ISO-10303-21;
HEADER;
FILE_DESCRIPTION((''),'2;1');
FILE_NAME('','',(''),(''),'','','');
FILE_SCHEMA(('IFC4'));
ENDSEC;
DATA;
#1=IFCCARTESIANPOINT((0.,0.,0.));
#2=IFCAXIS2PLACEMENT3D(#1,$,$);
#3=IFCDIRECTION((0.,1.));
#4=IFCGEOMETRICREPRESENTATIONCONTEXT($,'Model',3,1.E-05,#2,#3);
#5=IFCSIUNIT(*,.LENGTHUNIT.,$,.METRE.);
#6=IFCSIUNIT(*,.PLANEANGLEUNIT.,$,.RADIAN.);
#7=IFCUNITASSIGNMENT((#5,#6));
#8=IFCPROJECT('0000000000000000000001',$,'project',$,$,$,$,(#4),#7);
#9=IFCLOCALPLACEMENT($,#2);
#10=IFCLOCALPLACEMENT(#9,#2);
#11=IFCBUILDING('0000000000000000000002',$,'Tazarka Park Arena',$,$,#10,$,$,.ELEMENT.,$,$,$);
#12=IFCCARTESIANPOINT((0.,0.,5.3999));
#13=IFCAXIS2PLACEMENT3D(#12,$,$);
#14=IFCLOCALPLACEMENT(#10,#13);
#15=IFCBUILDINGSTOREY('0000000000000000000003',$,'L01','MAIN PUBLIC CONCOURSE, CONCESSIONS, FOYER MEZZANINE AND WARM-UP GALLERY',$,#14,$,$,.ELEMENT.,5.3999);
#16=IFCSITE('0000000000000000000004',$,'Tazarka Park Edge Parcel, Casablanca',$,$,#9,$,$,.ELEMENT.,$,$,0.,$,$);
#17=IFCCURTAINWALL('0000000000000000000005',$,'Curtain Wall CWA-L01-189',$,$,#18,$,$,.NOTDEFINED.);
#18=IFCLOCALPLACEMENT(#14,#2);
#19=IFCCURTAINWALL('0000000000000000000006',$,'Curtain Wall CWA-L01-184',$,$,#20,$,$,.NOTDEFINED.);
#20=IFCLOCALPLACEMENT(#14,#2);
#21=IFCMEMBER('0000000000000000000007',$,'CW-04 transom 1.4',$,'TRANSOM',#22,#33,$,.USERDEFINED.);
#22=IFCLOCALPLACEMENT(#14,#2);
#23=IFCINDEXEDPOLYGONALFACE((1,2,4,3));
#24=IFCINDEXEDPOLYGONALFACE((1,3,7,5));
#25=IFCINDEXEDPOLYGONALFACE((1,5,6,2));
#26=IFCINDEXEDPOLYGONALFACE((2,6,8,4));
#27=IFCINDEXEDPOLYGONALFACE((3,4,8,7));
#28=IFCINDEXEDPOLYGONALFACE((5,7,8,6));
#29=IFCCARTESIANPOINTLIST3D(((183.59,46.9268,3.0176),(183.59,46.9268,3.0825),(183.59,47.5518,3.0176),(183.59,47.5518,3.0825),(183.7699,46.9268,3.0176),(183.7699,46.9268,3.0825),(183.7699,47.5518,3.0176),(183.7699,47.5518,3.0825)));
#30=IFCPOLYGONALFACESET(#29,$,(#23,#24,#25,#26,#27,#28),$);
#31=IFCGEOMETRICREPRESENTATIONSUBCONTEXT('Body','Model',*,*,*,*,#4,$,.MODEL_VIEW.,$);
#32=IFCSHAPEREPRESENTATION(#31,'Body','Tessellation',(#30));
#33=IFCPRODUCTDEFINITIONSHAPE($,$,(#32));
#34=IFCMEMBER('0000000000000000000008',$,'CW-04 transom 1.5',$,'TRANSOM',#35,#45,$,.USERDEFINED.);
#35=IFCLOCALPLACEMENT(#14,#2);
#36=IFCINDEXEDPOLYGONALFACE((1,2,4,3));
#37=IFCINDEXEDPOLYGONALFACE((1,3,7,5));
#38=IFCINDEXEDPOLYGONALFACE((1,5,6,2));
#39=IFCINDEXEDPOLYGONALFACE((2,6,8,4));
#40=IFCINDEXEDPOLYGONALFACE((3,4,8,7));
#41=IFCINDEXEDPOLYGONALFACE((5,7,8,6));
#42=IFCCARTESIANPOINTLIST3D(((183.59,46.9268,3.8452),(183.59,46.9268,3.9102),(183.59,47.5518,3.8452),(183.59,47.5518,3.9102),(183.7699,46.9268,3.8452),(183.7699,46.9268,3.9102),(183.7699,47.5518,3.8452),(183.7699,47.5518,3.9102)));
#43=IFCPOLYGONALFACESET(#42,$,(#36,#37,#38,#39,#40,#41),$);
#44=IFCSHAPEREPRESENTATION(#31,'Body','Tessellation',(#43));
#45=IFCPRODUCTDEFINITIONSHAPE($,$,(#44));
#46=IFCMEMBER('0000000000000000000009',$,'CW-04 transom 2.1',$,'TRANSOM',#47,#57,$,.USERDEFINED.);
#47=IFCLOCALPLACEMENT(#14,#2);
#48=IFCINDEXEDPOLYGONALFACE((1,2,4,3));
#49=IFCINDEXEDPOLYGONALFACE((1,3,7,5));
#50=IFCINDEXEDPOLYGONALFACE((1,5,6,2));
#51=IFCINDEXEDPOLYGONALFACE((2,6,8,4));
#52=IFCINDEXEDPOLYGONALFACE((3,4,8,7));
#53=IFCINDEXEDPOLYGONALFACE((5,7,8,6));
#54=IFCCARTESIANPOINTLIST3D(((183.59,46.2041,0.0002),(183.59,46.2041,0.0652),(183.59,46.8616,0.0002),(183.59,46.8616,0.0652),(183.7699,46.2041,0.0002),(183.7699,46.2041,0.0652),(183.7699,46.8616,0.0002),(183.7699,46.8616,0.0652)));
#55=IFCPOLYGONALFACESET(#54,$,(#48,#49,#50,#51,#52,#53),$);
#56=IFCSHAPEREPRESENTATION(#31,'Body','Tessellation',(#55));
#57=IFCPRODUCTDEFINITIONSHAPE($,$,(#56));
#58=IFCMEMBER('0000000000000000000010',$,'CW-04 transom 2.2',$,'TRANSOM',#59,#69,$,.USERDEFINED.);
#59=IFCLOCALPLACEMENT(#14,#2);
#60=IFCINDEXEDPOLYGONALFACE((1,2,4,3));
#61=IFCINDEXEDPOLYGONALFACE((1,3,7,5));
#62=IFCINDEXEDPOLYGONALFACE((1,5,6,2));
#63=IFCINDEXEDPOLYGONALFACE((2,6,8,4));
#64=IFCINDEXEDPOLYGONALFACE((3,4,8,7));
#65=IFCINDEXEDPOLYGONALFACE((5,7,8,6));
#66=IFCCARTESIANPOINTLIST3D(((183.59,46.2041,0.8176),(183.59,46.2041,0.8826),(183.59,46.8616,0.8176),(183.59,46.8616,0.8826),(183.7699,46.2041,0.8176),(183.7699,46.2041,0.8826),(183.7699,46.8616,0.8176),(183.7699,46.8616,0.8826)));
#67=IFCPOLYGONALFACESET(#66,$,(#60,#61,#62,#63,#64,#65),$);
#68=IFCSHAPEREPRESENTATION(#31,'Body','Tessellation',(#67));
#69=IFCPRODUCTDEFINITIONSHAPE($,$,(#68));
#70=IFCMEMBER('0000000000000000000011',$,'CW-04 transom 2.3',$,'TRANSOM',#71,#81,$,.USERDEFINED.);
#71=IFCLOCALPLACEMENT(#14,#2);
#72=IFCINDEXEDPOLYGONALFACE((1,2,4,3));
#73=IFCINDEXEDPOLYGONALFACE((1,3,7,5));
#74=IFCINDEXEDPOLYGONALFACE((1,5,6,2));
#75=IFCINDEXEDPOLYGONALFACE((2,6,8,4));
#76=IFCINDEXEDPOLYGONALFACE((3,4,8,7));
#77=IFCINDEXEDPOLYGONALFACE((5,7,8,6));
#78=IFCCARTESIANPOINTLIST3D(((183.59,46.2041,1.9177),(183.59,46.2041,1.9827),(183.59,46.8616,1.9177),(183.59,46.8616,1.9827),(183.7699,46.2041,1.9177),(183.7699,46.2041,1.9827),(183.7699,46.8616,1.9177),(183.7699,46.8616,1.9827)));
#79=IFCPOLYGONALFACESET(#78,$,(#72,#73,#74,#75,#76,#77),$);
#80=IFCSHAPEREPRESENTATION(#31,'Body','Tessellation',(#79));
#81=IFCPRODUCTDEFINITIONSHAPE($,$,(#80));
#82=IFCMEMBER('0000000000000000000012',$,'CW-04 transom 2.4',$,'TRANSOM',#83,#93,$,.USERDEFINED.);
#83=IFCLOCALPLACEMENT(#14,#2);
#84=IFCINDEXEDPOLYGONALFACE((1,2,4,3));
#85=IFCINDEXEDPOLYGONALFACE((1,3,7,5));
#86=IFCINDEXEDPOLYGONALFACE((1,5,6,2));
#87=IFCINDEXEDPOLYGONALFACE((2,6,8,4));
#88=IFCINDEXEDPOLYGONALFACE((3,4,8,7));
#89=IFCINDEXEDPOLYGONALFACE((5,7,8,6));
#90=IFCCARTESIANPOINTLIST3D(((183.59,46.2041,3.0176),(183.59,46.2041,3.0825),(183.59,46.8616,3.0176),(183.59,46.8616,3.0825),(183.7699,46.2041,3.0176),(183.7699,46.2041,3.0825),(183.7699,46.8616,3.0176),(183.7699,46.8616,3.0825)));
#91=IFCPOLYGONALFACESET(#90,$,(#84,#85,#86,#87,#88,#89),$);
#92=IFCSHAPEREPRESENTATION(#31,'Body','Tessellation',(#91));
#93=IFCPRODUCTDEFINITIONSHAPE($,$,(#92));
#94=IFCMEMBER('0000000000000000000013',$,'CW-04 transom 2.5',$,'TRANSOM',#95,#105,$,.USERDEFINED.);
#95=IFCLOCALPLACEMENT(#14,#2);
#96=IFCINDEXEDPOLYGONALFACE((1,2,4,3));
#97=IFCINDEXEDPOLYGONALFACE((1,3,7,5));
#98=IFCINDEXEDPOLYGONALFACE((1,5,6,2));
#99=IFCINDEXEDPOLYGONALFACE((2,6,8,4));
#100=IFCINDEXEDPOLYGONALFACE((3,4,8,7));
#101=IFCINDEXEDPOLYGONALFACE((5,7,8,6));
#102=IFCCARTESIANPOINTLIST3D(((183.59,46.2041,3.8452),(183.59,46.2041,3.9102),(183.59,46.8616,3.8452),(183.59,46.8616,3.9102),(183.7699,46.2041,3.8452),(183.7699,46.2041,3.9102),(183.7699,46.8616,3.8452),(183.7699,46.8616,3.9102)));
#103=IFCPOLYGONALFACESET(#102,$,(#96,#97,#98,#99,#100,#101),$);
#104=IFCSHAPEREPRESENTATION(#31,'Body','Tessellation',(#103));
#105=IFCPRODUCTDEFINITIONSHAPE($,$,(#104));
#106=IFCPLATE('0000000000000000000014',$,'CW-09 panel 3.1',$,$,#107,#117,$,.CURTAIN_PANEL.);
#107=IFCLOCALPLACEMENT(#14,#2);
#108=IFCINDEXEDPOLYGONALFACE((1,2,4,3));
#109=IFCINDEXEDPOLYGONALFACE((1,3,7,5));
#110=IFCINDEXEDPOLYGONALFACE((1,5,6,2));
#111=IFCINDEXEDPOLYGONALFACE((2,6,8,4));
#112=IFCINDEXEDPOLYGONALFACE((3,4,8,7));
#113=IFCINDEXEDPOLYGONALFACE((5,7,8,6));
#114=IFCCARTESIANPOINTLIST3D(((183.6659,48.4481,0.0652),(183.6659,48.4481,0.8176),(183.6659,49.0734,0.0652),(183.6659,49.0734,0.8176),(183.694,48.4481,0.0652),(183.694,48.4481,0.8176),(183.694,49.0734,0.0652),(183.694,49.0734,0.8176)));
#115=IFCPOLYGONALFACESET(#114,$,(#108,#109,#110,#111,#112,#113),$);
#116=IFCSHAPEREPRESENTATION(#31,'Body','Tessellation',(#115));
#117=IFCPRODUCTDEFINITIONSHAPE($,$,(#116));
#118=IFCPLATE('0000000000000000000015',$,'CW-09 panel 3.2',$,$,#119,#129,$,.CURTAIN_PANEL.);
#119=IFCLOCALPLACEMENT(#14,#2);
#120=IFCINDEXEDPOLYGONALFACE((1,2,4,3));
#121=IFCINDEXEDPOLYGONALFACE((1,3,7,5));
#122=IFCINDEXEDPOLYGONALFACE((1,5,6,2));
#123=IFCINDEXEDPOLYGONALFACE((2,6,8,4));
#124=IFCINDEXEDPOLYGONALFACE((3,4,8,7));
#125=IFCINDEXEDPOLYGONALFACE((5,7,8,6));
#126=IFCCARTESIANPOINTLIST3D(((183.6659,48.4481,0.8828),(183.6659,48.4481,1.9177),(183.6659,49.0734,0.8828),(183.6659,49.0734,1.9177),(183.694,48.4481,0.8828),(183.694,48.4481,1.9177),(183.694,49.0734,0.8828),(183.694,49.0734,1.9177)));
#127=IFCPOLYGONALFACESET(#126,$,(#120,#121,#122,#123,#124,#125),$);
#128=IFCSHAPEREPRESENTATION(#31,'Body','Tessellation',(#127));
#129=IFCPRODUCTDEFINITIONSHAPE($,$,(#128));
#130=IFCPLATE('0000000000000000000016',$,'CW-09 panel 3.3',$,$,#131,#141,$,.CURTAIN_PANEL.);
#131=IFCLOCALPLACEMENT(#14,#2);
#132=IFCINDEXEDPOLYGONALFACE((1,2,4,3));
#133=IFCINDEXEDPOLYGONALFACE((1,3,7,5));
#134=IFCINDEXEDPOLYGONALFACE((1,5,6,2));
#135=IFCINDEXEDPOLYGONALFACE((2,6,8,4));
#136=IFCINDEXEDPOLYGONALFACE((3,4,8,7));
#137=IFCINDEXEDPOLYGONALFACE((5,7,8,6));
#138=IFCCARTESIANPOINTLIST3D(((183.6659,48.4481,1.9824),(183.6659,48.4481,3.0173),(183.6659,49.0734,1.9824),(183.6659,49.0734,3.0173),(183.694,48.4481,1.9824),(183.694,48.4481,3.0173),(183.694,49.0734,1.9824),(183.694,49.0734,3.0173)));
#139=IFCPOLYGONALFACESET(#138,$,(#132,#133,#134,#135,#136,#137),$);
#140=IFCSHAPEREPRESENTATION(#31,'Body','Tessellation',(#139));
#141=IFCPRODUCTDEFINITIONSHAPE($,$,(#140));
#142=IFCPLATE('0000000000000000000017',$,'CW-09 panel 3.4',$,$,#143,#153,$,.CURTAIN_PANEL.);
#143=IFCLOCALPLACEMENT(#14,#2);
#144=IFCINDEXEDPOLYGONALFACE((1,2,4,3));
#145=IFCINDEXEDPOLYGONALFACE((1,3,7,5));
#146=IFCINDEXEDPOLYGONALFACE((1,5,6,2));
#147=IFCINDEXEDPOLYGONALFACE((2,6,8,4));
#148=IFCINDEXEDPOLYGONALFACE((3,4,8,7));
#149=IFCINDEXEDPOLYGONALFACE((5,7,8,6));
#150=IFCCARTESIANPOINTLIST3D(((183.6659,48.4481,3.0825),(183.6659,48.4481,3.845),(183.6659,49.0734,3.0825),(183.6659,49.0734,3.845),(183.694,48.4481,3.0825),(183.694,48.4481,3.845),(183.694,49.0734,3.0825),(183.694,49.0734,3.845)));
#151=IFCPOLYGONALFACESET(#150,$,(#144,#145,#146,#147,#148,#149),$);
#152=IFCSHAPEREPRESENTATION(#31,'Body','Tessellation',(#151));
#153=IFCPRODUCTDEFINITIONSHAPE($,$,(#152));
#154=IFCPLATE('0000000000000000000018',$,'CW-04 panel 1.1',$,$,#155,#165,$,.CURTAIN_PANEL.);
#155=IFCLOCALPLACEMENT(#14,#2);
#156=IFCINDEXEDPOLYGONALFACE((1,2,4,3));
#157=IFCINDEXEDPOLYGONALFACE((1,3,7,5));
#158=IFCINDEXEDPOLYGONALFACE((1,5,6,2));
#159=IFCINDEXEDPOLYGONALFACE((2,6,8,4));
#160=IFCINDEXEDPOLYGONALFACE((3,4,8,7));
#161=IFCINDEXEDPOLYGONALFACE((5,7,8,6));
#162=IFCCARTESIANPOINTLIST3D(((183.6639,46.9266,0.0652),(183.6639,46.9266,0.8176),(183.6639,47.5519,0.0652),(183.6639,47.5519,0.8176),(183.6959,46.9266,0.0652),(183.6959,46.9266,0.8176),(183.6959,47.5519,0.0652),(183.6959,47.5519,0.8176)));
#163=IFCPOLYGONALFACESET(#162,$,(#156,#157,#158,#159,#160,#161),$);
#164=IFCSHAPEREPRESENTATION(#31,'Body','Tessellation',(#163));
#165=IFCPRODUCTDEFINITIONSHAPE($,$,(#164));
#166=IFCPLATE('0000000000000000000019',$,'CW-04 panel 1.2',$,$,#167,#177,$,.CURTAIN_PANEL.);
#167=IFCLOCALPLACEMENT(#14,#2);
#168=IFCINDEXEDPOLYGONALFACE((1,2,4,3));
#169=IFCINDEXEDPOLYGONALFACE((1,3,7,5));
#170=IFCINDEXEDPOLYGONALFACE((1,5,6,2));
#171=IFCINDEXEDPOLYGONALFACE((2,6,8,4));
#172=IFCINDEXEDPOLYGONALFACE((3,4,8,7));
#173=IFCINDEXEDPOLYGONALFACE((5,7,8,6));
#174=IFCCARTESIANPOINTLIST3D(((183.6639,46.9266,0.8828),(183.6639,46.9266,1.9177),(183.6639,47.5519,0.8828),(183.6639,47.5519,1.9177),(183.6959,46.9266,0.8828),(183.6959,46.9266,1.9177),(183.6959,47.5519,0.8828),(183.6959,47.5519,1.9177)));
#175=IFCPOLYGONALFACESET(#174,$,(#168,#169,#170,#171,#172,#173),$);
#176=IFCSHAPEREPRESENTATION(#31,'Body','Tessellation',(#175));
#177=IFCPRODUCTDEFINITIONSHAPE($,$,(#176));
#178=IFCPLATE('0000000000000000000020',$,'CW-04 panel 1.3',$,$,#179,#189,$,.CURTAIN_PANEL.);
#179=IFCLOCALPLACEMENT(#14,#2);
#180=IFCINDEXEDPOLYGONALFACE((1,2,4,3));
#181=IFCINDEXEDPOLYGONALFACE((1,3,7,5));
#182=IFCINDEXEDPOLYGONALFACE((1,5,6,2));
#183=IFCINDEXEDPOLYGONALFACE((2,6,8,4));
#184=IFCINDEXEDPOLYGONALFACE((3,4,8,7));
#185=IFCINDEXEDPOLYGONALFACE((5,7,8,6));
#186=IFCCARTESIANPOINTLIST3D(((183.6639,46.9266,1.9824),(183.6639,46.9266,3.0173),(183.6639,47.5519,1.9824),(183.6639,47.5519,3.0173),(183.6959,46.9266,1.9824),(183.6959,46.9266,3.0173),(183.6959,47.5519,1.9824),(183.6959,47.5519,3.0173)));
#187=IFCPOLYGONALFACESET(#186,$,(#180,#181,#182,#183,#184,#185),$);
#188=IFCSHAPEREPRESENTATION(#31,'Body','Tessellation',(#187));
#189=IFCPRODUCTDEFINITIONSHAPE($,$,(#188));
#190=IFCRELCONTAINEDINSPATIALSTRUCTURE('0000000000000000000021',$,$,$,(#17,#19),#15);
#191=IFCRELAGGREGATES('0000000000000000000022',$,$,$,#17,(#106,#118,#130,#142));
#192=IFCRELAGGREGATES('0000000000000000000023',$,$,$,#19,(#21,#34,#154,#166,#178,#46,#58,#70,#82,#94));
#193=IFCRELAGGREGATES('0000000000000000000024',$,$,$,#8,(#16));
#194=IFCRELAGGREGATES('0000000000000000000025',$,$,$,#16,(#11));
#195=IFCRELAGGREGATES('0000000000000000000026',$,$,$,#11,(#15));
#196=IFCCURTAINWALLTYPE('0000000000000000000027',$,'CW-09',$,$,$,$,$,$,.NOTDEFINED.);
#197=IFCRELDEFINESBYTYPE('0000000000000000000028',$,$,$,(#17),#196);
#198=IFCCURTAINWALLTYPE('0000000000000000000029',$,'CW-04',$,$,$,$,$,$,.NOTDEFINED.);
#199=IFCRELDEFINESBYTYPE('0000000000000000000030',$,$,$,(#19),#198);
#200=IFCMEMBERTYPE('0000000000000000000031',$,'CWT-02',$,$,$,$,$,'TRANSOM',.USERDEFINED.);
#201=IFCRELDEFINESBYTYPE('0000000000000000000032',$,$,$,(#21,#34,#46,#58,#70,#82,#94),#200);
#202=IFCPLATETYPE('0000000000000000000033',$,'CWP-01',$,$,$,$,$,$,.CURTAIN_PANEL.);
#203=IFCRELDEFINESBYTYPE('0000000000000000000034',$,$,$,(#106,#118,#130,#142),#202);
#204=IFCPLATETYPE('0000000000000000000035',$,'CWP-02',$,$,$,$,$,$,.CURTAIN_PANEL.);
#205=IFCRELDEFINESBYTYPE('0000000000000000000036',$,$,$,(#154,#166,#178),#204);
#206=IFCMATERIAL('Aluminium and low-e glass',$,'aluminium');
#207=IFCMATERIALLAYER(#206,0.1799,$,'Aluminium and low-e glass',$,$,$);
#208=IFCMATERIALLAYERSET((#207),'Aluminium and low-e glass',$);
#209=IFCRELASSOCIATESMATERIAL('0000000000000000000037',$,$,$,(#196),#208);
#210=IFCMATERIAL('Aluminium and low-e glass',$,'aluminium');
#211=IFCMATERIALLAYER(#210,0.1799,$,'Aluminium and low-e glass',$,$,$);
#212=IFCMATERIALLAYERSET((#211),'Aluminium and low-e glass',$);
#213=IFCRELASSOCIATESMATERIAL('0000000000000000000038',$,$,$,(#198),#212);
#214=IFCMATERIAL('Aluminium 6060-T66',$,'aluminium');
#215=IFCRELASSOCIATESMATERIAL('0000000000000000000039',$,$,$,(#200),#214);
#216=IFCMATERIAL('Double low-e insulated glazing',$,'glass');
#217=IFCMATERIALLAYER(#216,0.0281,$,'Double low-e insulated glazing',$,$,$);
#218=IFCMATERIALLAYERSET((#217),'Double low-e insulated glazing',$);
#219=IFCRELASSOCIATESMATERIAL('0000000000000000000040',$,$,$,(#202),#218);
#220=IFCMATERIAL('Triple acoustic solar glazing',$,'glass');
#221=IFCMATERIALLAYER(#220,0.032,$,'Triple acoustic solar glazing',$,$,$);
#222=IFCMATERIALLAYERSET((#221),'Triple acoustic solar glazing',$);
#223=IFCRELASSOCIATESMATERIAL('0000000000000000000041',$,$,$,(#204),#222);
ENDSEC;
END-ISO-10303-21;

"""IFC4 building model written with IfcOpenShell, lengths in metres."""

from ifc_helpers import new_model, si_unit, direction, frame, origin, origin_2d, place, context, subcontext, project, spatial, rectangle, extrude, material, layer, layer_set, material_profile, profile_set, type_object, element, aggregate, save


model = new_model("IFC4")

# Units and contexts
model_context = context("Model", 3, precision=1e-05, world=origin(), true_north=direction((0.0, 1.0)))
body_context = subcontext(model_context, "Body", "Model", "MODEL_VIEW")
ifc_project = project(units=[si_unit("LENGTHUNIT", "METRE"), si_unit("PLANEANGLEUNIT", "RADIAN")], contexts=[model_context])

# Site, building, storey
site_placement = place(None, origin())
site = spatial("IfcSite", under=ifc_project, at=site_placement, Name="Tazarka Park Edge Parcel, Casablanca", CompositionType="ELEMENT", RefElevation=0.0)
building_placement = place(site_placement, origin())
building = spatial("IfcBuilding", under=site, at=building_placement, Name="Tazarka Park Arena", CompositionType="ELEMENT")
storey_placement = place(building_placement, frame((0.0, 0.0, 5.3999)))
storey = spatial("IfcBuildingStorey", under=building, at=storey_placement, Name="L01", Description="MAIN PUBLIC CONCOURSE, CONCESSIONS, FOYER MEZZANINE AND WARM-UP GALLERY", CompositionType="ELEMENT", Elevation=5.3999)

# Curtain wall
ifc_material_1 = material(Name="Aluminium and low-e glass", Category="aluminium")
ifc_layer_1 = layer(ifc_material_1, 0.1799, Name="Aluminium and low-e glass")
ifc_layer_set_1 = layer_set([ifc_layer_1], Name="Aluminium and low-e glass")
curtain_wall_type_1 = type_object("IfcCurtainWallType", Name="CW-09", PredefinedType="NOTDEFINED", material=ifc_layer_set_1)
curtain_wall_1_placement = place(storey_placement, origin())
curtain_wall_1 = element("IfcCurtainWall", 1, at=curtain_wall_1_placement, inside=storey, type_object=curtain_wall_type_1, Name="Curtain Wall CWA-L01-189", PredefinedType="NOTDEFINED")

# Curtain wall, members
ifc_material_2 = material(Name="Aluminium and low-e glass", Category="aluminium")
ifc_layer_2 = layer(ifc_material_2, 0.1799, Name="Aluminium and low-e glass")
ifc_layer_set_2 = layer_set([ifc_layer_2], Name="Aluminium and low-e glass")
curtain_wall_type_2 = type_object("IfcCurtainWallType", Name="CW-04", PredefinedType="NOTDEFINED", material=ifc_layer_set_2)
curtain_wall_2_placement = place(storey_placement, origin())
curtain_wall_2 = element("IfcCurtainWall", 2, at=curtain_wall_2_placement, inside=storey, type_object=curtain_wall_type_2, Name="Curtain Wall CWA-L01-184", PredefinedType="NOTDEFINED")
ifc_material_3 = material(Name="Aluminium 6060-T66", Category="aluminium")
ifc_material_profile_1 = material_profile(ifc_material_3, rectangle(XDim=0.1799, YDim=0.0649, at=origin_2d()), Name="Aluminium 6060-T66")
ifc_profile_set_1 = profile_set([ifc_material_profile_1], Name="Aluminium 6060-T66")
member_type_1 = type_object("IfcMemberType", Name="CWT-02", ElementType="TRANSOM", PredefinedType="USERDEFINED", material=ifc_profile_set_1)
member_1_placement = place(storey_placement, frame((183.6799, 47.5518, 3.05), z_axis=(0.0, -1.0, 0.0), x_axis=(1.0, 0.0, 0.0)))
member_1 = element("IfcMember", 3, at=member_1_placement, type_object=member_type_1, Name="CW-04 transom 1.4", ObjectType="TRANSOM", PredefinedType="USERDEFINED", context=body_context, shape_type="SweptSolid", body=[
    extrude(rectangle(XDim=0.1799, YDim=0.0649, at=origin_2d()), origin(), (0.0, 0.0, 1.0), 0.625),
])
member_2_placement = place(storey_placement, frame((183.6799, 47.5518, 3.8777), z_axis=(0.0, -1.0, 0.0), x_axis=(1.0, 0.0, 0.0)))
member_2 = element("IfcMember", 4, at=member_2_placement, type_object=member_type_1, Name="CW-04 transom 1.5", ObjectType="TRANSOM", PredefinedType="USERDEFINED", context=body_context, shape_type="SweptSolid", body=[
    extrude(rectangle(XDim=0.1799, YDim=0.0649, at=origin_2d()), origin(), (0.0, 0.0, 1.0), 0.625),
])
member_3_placement = place(storey_placement, frame((183.6799, 46.8616, 0.0327), z_axis=(0.0, -1.0, 0.0), x_axis=(1.0, 0.0, 0.0)))
member_3 = element("IfcMember", 5, at=member_3_placement, type_object=member_type_1, Name="CW-04 transom 2.1", ObjectType="TRANSOM", PredefinedType="USERDEFINED", context=body_context, shape_type="SweptSolid", body=[
    extrude(rectangle(XDim=0.1799, YDim=0.0649, at=origin_2d()), origin(), (0.0, 0.0, 1.0), 0.6575),
])
member_4_placement = place(storey_placement, frame((183.6799, 46.8616, 0.8501), z_axis=(0.0, -1.0, 0.0), x_axis=(1.0, 0.0, 0.0)))
member_4 = element("IfcMember", 6, at=member_4_placement, type_object=member_type_1, Name="CW-04 transom 2.2", ObjectType="TRANSOM", PredefinedType="USERDEFINED", context=body_context, shape_type="SweptSolid", body=[
    extrude(rectangle(XDim=0.1799, YDim=0.0649, at=origin_2d()), origin(), (0.0, 0.0, 1.0), 0.6575),
])
member_5_placement = place(storey_placement, frame((183.6799, 46.8616, 1.9502), z_axis=(0.0, -1.0, 0.0), x_axis=(1.0, 0.0, 0.0)))
member_5 = element("IfcMember", 7, at=member_5_placement, type_object=member_type_1, Name="CW-04 transom 2.3", ObjectType="TRANSOM", PredefinedType="USERDEFINED", context=body_context, shape_type="SweptSolid", body=[
    extrude(rectangle(XDim=0.1799, YDim=0.0649, at=origin_2d()), origin(), (0.0, 0.0, 1.0), 0.6575),
])
member_6_placement = place(storey_placement, frame((183.6799, 46.8616, 3.05), z_axis=(0.0, -1.0, 0.0), x_axis=(1.0, 0.0, 0.0)))
member_6 = element("IfcMember", 8, at=member_6_placement, type_object=member_type_1, Name="CW-04 transom 2.4", ObjectType="TRANSOM", PredefinedType="USERDEFINED", context=body_context, shape_type="SweptSolid", body=[
    extrude(rectangle(XDim=0.1799, YDim=0.0649, at=origin_2d()), origin(), (0.0, 0.0, 1.0), 0.6575),
])
member_7_placement = place(storey_placement, frame((183.6799, 46.8616, 3.8777), z_axis=(0.0, -1.0, 0.0), x_axis=(1.0, 0.0, 0.0)))
member_7 = element("IfcMember", 9, at=member_7_placement, type_object=member_type_1, Name="CW-04 transom 2.5", ObjectType="TRANSOM", PredefinedType="USERDEFINED", context=body_context, shape_type="SweptSolid", body=[
    extrude(rectangle(XDim=0.1799, YDim=0.0649, at=origin_2d()), origin(), (0.0, 0.0, 1.0), 0.6575),
])

# Plates
ifc_material_4 = material(Name="Double low-e insulated glazing", Category="glass")
ifc_layer_3 = layer(ifc_material_4, 0.0281, Name="Double low-e insulated glazing")
ifc_layer_set_3 = layer_set([ifc_layer_3], Name="Double low-e insulated glazing")
plate_type_1 = type_object("IfcPlateType", Name="CWP-01", PredefinedType="CURTAIN_PANEL", material=ifc_layer_set_3)
plate_1_placement = place(storey_placement, frame((183.6799, 48.7607, 0.0652), z_axis=(0.0, 0.0, 1.0), x_axis=(0.0, -1.0, 0.0)))
plate_1 = element("IfcPlate", 10, at=plate_1_placement, type_object=plate_type_1, Name="CW-09 panel 3.1", PredefinedType="CURTAIN_PANEL", context=body_context, shape_type="SweptSolid", body=[
    extrude(rectangle(XDim=0.6252, YDim=0.0281, at=origin_2d()), origin(), (0.0, 0.0, 1.0), 0.7524),
])
plate_2_placement = place(storey_placement, frame((183.6799, 48.7607, 0.8828), z_axis=(0.0, 0.0, 1.0), x_axis=(0.0, -1.0, 0.0)))
plate_2 = element("IfcPlate", 11, at=plate_2_placement, type_object=plate_type_1, Name="CW-09 panel 3.2", PredefinedType="CURTAIN_PANEL", context=body_context, shape_type="SweptSolid", body=[
    extrude(rectangle(XDim=0.6252, YDim=0.0281, at=origin_2d()), origin(), (0.0, 0.0, 1.0), 1.0349),
])
plate_3_placement = place(storey_placement, frame((183.6799, 48.7607, 1.9824), z_axis=(0.0, 0.0, 1.0), x_axis=(0.0, -1.0, 0.0)))
plate_3 = element("IfcPlate", 12, at=plate_3_placement, type_object=plate_type_1, Name="CW-09 panel 3.3", PredefinedType="CURTAIN_PANEL", context=body_context, shape_type="SweptSolid", body=[
    extrude(rectangle(XDim=0.6252, YDim=0.0281, at=origin_2d()), origin(), (0.0, 0.0, 1.0), 1.0349),
])
plate_4_placement = place(storey_placement, frame((183.6799, 48.7607, 3.0825), z_axis=(0.0, 0.0, 1.0), x_axis=(0.0, -1.0, 0.0)))
plate_4 = element("IfcPlate", 13, at=plate_4_placement, type_object=plate_type_1, Name="CW-09 panel 3.4", PredefinedType="CURTAIN_PANEL", context=body_context, shape_type="SweptSolid", body=[
    extrude(rectangle(XDim=0.6252, YDim=0.0281, at=origin_2d()), origin(), (0.0, 0.0, 1.0), 0.7625),
])
aggregate(curtain_wall_1, [plate_1, plate_2, plate_3, plate_4])
ifc_material_5 = material(Name="Triple acoustic solar glazing", Category="glass")
ifc_layer_4 = layer(ifc_material_5, 0.032, Name="Triple acoustic solar glazing")
ifc_layer_set_4 = layer_set([ifc_layer_4], Name="Triple acoustic solar glazing")
plate_type_2 = type_object("IfcPlateType", Name="CWP-02", PredefinedType="CURTAIN_PANEL", material=ifc_layer_set_4)
plate_5_placement = place(storey_placement, frame((183.6799, 47.2393, 0.0652), z_axis=(0.0, 0.0, 1.0), x_axis=(0.0, -1.0, 0.0)))
plate_5 = element("IfcPlate", 14, at=plate_5_placement, type_object=plate_type_2, Name="CW-04 panel 1.1", PredefinedType="CURTAIN_PANEL", context=body_context, shape_type="SweptSolid", body=[
    extrude(rectangle(XDim=0.6252, YDim=0.032, at=origin_2d()), origin(), (0.0, 0.0, 1.0), 0.7524),
])
plate_6_placement = place(storey_placement, frame((183.6799, 47.2393, 0.8828), z_axis=(0.0, 0.0, 1.0), x_axis=(0.0, -1.0, 0.0)))
plate_6 = element("IfcPlate", 15, at=plate_6_placement, type_object=plate_type_2, Name="CW-04 panel 1.2", PredefinedType="CURTAIN_PANEL", context=body_context, shape_type="SweptSolid", body=[
    extrude(rectangle(XDim=0.6252, YDim=0.032, at=origin_2d()), origin(), (0.0, 0.0, 1.0), 1.0349),
])
plate_7_placement = place(storey_placement, frame((183.6799, 47.2393, 1.9824), z_axis=(0.0, 0.0, 1.0), x_axis=(0.0, -1.0, 0.0)))
plate_7 = element("IfcPlate", 16, at=plate_7_placement, type_object=plate_type_2, Name="CW-04 panel 1.3", PredefinedType="CURTAIN_PANEL", context=body_context, shape_type="SweptSolid", body=[
    extrude(rectangle(XDim=0.6252, YDim=0.032, at=origin_2d()), origin(), (0.0, 0.0, 1.0), 1.0349),
])
aggregate(curtain_wall_2, [member_1, member_2, plate_5, plate_6, plate_7, member_3, member_4, member_5, member_6, member_7])

save(model, "model.ifc")
